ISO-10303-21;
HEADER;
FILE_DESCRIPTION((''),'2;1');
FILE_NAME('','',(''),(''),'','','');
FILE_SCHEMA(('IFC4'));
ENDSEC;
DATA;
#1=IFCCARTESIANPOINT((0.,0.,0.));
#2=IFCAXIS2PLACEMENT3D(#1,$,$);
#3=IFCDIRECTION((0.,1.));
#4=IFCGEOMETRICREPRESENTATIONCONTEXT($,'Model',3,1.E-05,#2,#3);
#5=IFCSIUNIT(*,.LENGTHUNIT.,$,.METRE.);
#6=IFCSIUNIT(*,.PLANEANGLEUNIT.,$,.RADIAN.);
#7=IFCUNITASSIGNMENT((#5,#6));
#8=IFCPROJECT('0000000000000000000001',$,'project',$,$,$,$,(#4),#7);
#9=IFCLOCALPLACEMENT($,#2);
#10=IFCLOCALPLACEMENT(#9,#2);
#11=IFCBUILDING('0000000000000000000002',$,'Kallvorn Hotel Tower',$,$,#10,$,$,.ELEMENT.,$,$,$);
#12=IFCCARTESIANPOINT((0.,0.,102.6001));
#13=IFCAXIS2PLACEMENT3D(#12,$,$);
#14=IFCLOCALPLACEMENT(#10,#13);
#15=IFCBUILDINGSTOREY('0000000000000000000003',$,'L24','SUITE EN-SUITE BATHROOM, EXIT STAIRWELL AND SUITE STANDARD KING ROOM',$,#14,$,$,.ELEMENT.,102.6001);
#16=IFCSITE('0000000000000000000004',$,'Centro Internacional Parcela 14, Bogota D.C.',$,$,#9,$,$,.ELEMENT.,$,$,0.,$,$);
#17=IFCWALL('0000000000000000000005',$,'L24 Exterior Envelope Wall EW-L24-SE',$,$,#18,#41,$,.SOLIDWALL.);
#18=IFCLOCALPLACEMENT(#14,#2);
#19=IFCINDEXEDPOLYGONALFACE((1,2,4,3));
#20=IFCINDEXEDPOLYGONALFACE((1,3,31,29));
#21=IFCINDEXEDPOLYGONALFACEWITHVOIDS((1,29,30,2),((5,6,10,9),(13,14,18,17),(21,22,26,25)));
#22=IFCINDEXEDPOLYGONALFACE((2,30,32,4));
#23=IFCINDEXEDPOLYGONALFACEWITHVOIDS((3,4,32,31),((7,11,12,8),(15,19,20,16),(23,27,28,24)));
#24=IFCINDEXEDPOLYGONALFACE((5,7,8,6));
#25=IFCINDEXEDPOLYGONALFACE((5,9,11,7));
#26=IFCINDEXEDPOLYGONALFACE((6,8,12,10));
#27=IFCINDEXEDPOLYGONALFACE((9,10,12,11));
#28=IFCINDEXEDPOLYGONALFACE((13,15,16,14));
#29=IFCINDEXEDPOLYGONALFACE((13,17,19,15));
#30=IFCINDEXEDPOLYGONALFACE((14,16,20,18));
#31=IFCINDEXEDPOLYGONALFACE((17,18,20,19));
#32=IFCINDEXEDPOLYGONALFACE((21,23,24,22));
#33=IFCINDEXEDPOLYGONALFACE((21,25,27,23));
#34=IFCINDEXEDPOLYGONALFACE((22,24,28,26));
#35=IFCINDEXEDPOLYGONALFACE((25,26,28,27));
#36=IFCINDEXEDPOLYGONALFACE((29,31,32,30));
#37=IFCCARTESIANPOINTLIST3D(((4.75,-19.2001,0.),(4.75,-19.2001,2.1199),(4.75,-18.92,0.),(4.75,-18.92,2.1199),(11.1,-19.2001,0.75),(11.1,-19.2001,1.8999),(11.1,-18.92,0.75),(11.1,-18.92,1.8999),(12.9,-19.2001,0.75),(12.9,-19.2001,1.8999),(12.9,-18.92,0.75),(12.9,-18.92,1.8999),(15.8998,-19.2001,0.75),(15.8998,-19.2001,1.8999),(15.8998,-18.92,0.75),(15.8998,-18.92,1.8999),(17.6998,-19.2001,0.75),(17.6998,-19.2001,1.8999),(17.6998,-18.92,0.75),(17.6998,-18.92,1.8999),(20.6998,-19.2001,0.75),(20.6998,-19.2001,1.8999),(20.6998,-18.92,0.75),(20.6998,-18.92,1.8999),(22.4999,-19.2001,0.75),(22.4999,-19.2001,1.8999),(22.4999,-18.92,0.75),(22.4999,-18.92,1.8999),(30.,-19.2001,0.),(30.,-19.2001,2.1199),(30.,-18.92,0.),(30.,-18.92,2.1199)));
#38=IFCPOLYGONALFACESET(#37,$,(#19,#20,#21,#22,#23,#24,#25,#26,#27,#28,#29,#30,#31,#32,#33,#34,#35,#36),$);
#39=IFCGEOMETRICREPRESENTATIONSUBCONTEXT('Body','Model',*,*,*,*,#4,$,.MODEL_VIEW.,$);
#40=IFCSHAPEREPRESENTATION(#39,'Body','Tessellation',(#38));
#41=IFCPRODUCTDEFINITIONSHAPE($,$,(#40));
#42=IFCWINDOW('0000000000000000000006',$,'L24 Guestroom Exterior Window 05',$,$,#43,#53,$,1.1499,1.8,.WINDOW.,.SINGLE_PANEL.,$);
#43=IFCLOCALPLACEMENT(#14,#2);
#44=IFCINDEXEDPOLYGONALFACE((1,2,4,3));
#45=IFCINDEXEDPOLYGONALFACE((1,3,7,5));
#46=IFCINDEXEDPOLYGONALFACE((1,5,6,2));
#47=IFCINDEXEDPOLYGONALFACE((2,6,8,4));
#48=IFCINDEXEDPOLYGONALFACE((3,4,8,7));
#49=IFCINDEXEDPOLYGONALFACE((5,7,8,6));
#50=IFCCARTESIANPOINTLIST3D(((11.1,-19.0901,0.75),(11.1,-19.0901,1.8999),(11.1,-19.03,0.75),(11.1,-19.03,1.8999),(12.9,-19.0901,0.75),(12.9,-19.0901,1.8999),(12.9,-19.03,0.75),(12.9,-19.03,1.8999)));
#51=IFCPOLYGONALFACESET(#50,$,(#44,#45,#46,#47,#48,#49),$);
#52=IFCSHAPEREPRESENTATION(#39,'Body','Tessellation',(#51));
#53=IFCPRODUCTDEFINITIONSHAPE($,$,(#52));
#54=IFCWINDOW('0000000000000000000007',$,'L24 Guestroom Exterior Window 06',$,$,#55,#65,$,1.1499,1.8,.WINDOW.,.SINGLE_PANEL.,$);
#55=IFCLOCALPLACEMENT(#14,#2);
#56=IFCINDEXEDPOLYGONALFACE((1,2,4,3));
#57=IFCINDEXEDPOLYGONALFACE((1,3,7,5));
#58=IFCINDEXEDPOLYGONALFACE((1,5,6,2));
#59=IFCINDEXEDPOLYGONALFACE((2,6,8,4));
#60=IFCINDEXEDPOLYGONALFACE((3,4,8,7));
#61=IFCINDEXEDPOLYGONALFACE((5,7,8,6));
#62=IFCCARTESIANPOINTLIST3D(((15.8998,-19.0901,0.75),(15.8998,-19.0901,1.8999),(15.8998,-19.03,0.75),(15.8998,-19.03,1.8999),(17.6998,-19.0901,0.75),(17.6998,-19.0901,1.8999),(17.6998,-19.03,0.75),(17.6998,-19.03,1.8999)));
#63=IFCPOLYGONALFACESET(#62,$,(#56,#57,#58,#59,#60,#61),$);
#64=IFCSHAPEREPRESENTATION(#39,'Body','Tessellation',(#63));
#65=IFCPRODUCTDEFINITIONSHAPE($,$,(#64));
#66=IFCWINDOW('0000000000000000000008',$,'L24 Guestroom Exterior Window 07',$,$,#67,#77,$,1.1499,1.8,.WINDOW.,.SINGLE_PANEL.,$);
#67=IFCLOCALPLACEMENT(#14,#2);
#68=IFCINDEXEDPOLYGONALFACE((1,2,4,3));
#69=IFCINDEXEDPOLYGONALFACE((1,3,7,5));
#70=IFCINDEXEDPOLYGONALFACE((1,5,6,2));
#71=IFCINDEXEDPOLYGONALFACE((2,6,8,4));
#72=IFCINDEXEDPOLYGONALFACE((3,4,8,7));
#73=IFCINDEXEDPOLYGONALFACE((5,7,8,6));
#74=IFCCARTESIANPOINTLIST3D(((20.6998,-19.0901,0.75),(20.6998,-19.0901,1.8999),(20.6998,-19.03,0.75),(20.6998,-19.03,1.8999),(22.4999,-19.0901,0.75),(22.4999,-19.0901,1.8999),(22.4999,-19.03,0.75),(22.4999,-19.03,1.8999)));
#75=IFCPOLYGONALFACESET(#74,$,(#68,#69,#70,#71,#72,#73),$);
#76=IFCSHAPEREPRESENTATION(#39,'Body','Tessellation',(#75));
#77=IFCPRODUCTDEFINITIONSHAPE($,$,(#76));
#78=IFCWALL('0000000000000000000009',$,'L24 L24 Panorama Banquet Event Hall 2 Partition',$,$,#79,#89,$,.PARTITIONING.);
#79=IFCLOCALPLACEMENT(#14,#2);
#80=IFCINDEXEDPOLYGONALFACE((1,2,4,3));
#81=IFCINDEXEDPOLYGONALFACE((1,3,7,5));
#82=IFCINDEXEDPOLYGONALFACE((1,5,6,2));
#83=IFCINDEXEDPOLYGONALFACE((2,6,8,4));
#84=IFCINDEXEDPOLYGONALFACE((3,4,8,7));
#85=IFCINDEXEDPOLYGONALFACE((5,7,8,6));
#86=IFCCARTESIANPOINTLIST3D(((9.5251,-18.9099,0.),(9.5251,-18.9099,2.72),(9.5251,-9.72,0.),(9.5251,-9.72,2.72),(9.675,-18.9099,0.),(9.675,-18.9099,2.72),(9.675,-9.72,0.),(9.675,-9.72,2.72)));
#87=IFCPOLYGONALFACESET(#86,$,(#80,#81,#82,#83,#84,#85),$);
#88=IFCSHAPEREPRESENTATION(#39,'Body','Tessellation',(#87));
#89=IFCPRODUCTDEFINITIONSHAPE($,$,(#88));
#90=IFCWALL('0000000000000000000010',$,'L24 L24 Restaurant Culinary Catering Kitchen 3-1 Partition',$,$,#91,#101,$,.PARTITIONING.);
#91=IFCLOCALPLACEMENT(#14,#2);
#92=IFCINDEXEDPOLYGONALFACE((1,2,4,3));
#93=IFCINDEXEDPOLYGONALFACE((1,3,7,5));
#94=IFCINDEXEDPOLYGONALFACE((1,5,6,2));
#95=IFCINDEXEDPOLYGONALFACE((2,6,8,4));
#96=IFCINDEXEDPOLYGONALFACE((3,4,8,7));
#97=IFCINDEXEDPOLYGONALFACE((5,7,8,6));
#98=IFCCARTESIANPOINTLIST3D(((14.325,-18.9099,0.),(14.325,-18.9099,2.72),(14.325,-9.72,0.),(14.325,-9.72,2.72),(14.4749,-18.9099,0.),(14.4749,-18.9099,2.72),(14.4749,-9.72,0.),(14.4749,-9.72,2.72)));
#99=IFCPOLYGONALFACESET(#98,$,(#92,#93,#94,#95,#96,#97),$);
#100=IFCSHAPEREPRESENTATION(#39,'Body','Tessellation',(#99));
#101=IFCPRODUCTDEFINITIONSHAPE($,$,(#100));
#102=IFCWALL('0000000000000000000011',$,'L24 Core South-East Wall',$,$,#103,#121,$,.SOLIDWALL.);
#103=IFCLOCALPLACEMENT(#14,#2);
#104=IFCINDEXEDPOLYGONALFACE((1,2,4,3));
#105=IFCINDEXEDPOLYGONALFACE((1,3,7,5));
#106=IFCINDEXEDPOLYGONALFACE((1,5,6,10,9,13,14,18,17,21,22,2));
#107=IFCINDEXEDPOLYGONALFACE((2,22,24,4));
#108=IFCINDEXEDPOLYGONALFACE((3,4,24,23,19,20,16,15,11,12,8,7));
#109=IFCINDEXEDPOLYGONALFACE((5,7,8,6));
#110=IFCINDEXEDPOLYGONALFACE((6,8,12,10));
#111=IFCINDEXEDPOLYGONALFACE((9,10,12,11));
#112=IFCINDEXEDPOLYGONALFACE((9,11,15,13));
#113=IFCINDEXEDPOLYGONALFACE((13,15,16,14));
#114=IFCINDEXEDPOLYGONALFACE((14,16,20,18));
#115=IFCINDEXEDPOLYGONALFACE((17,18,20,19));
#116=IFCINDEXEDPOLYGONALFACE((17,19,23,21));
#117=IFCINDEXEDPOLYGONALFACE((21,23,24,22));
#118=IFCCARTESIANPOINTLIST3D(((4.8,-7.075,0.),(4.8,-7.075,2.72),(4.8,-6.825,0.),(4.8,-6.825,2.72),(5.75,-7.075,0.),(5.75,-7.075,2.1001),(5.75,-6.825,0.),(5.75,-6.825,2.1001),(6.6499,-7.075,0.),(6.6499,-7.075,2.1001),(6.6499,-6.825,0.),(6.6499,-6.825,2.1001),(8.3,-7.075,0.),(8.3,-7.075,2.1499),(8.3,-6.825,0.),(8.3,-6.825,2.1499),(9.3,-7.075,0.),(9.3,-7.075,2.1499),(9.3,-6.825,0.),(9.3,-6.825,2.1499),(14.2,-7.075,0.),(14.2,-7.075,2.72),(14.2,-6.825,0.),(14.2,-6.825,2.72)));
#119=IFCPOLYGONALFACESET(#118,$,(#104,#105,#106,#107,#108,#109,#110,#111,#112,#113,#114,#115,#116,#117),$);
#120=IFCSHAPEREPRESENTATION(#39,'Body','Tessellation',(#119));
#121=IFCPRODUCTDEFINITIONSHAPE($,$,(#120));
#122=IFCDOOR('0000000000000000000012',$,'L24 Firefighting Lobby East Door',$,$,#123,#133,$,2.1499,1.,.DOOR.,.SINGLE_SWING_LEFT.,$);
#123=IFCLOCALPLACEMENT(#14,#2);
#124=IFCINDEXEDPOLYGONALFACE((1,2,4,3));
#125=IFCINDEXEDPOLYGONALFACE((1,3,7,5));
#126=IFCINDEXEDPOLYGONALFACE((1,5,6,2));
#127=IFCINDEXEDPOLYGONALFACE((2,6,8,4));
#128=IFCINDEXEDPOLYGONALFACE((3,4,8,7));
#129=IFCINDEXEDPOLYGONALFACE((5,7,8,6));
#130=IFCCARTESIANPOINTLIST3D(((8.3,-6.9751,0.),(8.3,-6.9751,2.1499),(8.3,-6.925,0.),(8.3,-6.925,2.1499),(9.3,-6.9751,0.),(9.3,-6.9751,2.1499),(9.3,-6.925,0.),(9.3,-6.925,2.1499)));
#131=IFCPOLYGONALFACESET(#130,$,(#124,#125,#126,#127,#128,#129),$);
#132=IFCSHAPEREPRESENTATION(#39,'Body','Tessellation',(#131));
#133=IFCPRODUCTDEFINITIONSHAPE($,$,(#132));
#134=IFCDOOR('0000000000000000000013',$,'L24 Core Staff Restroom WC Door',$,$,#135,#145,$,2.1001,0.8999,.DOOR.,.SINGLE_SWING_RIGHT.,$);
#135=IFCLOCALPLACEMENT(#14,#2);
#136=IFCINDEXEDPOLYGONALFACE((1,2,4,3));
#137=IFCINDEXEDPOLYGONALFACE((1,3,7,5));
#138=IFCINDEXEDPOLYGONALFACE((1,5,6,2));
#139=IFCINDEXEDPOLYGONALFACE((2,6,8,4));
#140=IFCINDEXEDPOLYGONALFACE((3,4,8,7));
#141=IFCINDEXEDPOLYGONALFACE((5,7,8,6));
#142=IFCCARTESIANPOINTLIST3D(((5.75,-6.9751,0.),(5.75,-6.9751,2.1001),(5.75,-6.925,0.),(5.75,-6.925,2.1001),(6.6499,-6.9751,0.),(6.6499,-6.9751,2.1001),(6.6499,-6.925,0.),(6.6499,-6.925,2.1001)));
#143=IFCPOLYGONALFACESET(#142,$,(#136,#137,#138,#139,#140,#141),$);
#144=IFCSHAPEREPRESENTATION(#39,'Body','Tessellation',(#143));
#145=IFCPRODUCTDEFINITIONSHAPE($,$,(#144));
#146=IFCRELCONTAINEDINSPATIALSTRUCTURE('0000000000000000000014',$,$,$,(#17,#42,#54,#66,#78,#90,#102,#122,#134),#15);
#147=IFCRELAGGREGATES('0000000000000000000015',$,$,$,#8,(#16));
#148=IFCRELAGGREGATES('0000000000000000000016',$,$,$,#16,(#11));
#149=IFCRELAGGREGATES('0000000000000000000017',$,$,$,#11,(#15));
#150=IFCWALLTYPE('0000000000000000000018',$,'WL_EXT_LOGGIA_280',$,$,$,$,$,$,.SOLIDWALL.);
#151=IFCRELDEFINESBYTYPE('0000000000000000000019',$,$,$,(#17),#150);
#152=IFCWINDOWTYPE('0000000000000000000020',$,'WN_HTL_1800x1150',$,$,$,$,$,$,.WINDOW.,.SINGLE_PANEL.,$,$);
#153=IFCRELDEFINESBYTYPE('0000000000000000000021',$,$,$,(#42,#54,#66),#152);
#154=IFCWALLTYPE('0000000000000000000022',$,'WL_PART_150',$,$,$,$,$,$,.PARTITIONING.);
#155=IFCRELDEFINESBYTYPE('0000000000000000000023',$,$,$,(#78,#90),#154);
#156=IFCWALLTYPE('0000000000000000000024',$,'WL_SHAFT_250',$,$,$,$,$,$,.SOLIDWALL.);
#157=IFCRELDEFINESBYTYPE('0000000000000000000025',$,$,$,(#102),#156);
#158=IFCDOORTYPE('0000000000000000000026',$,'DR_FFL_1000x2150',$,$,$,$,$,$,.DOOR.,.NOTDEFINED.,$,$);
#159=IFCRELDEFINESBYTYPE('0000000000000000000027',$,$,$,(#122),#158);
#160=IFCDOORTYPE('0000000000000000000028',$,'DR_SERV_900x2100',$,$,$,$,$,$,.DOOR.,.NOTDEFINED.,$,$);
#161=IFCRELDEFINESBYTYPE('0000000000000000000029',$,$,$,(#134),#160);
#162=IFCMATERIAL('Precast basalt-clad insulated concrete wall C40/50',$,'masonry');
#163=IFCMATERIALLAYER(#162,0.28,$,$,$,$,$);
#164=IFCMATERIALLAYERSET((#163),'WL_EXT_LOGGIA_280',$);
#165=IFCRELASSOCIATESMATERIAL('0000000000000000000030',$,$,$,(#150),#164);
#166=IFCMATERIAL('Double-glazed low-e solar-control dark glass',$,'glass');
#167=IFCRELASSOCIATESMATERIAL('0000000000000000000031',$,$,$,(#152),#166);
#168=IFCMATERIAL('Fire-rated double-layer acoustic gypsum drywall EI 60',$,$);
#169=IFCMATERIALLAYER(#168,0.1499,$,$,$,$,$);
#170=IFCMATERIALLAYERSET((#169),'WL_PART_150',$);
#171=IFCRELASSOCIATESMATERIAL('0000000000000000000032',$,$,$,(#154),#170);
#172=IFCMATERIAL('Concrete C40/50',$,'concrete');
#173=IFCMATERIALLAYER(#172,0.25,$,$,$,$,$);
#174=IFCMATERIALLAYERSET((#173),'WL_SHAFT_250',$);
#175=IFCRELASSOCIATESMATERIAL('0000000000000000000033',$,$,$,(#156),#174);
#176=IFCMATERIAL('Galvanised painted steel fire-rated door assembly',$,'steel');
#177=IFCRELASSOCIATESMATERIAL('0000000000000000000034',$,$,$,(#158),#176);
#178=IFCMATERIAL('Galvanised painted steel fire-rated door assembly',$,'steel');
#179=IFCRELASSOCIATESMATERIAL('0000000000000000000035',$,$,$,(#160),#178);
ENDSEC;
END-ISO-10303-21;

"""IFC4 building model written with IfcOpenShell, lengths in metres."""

from ifc_helpers import new_model, si_unit, direction, frame, frame_2d, origin, place, context, subcontext, project, spatial, rectangle, extrude, material, layer, layer_set, type_object, element, fill, save


model = new_model("IFC4")

# Units and contexts
model_context = context("Model", 3, precision=1e-05, world=origin(), true_north=direction((0.0, 1.0)))
body_context = subcontext(model_context, "Body", "Model", "MODEL_VIEW")
ifc_project = project(units=[si_unit("LENGTHUNIT", "METRE"), si_unit("PLANEANGLEUNIT", "RADIAN")], contexts=[model_context])

# Site, building, storey
site_placement = place(None, origin())
site = spatial("IfcSite", under=ifc_project, at=site_placement, Name="Centro Internacional Parcela 14, Bogota D.C.", CompositionType="ELEMENT", RefElevation=0.0)
building_placement = place(site_placement, origin())
building = spatial("IfcBuilding", under=site, at=building_placement, Name="Kallvorn Hotel Tower", CompositionType="ELEMENT")
storey_placement = place(building_placement, frame((0.0, 0.0, 102.6001)))
storey = spatial("IfcBuildingStorey", under=building, at=storey_placement, Name="L24", Description="SUITE EN-SUITE BATHROOM, EXIT STAIRWELL AND SUITE STANDARD KING ROOM", CompositionType="ELEMENT", Elevation=102.6001)

# Wall, openings, windows
ifc_material_1 = material(Name="Precast basalt-clad insulated concrete wall C40/50", Category="masonry")
ifc_layer_1 = layer(ifc_material_1, 0.28)
ifc_layer_set_1 = layer_set([ifc_layer_1], Name="WL_EXT_LOGGIA_280")
wall_type_1 = type_object("IfcWallType", Name="WL_EXT_LOGGIA_280", PredefinedType="SOLIDWALL", material=ifc_layer_set_1)
wall_1_placement = place(storey_placement, frame((4.75, -19.0601, 0.0), z_axis=(0.0, 0.0, 1.0), x_axis=(1.0, 0.0, 0.0)))
wall_1 = element("IfcWall", 1, at=wall_1_placement, inside=storey, type_object=wall_type_1, Name="L24 Exterior Envelope Wall EW-L24-SE", PredefinedType="SOLIDWALL", context=body_context, shape_type="SweptSolid", body=[
    extrude(rectangle(XDim=25.25, YDim=0.28, at=frame_2d((12.625, 0.0))), origin(), (0.0, 0.0, 1.0), 2.1199),
])
opening_1_placement = place(wall_1_placement, frame((6.3501, 0.0, 0.75)))
opening_1 = element("IfcOpeningElement", 2, at=opening_1_placement, cuts=wall_1, PredefinedType="OPENING", context=body_context, shape_type="SweptSolid", body=[
    extrude(rectangle(XDim=1.8, YDim=1.1499, at=frame_2d((0.8999, 0.575))), frame((0.0, 0.155, 0.0), z_axis=(0.0, -1.0, 0.0), x_axis=(1.0, 0.0, 0.0)), (0.0, 0.0, 1.0), 0.3101),
])
opening_2_placement = place(wall_1_placement, frame((11.1499, 0.0, 0.75)))
opening_2 = element("IfcOpeningElement", 3, at=opening_2_placement, cuts=wall_1, PredefinedType="OPENING", context=body_context, shape_type="SweptSolid", body=[
    extrude(rectangle(XDim=1.8, YDim=1.1499, at=frame_2d((0.8999, 0.575))), frame((0.0, 0.155, 0.0), z_axis=(0.0, -1.0, 0.0), x_axis=(1.0, 0.0, 0.0)), (0.0, 0.0, 1.0), 0.3101),
])
opening_3_placement = place(wall_1_placement, frame((15.95, 0.0, 0.75)))
opening_3 = element("IfcOpeningElement", 4, at=opening_3_placement, cuts=wall_1, PredefinedType="OPENING", context=body_context, shape_type="SweptSolid", body=[
    extrude(rectangle(XDim=1.8, YDim=1.1499, at=frame_2d((0.8999, 0.575))), frame((0.0, 0.155, 0.0), z_axis=(0.0, -1.0, 0.0), x_axis=(1.0, 0.0, 0.0)), (0.0, 0.0, 1.0), 0.3101),
])
ifc_material_2 = material(Name="Double-glazed low-e solar-control dark glass", Category="glass")
window_type = type_object("IfcWindowType", Name="WN_HTL_1800x1150", PartitioningType="SINGLE_PANEL", PredefinedType="WINDOW", material=ifc_material_2)
window_1_placement = place(opening_1_placement, origin())
window_1 = element("IfcWindow", 5, at=window_1_placement, inside=storey, type_object=window_type, Name="L24 Guestroom Exterior Window 05", OverallHeight=1.1499, OverallWidth=1.8, PartitioningType="SINGLE_PANEL", PredefinedType="WINDOW", context=body_context, shape_type="SweptSolid", body=[
    extrude(rectangle(XDim=1.8, YDim=1.1499, at=frame_2d((0.8999, 0.575))), frame((0.0, 0.03, 0.0), z_axis=(0.0, -1.0, 0.0), x_axis=(1.0, 0.0, 0.0)), (0.0, 0.0, 1.0), 0.0601),
])
fill(opening_1, window_1)
window_2_placement = place(opening_2_placement, origin())
window_2 = element("IfcWindow", 6, at=window_2_placement, inside=storey, type_object=window_type, Name="L24 Guestroom Exterior Window 06", OverallHeight=1.1499, OverallWidth=1.8, PartitioningType="SINGLE_PANEL", PredefinedType="WINDOW", context=body_context, shape_type="SweptSolid", body=[
    extrude(rectangle(XDim=1.8, YDim=1.1499, at=frame_2d((0.8999, 0.575))), frame((0.0, 0.03, 0.0), z_axis=(0.0, -1.0, 0.0), x_axis=(1.0, 0.0, 0.0)), (0.0, 0.0, 1.0), 0.0601),
])
fill(opening_2, window_2)
window_3_placement = place(opening_3_placement, origin())
window_3 = element("IfcWindow", 7, at=window_3_placement, inside=storey, type_object=window_type, Name="L24 Guestroom Exterior Window 07", OverallHeight=1.1499, OverallWidth=1.8, PartitioningType="SINGLE_PANEL", PredefinedType="WINDOW", context=body_context, shape_type="SweptSolid", body=[
    extrude(rectangle(XDim=1.8, YDim=1.1499, at=frame_2d((0.8999, 0.575))), frame((0.0, 0.03, 0.0), z_axis=(0.0, -1.0, 0.0), x_axis=(1.0, 0.0, 0.0)), (0.0, 0.0, 1.0), 0.0601),
])
fill(opening_3, window_3)

# Walls
ifc_material_3 = material(Name="Fire-rated double-layer acoustic gypsum drywall EI 60")
ifc_layer_2 = layer(ifc_material_3, 0.1499)
ifc_layer_set_2 = layer_set([ifc_layer_2], Name="WL_PART_150")
wall_type_2 = type_object("IfcWallType", Name="WL_PART_150", PredefinedType="PARTITIONING", material=ifc_layer_set_2)
for number, where, z_axis, x_axis, name in (
    (8, (9.6001, -18.9099, 0.0), (0.0, 0.0, 1.0), (0.0, 1.0, 0.0), "L24 L24 Panorama Banquet Event Hall 2 Partition"),
    (9, (14.3999, -18.9099, 0.0), (0.0, 0.0, 1.0), (0.0, 1.0, 0.0), "L24 L24 Restaurant Culinary Catering Kitchen 3-1 Partition"),
):
    element("IfcWall", number, at=place(storey_placement, frame(where, z_axis=z_axis, x_axis=x_axis)), inside=storey, type_object=wall_type_2, Name=name, PredefinedType="PARTITIONING", context=body_context, shape_type="SweptSolid", body=[
        extrude(rectangle(XDim=9.1899, YDim=0.1499, at=frame_2d((4.595, 0.0))), origin(), (0.0, 0.0, 1.0), 2.72),
    ])

# Wall, openings, doors
ifc_material_4 = material(Name="Concrete C40/50", Category="concrete")
ifc_layer_3 = layer(ifc_material_4, 0.25)
ifc_layer_set_3 = layer_set([ifc_layer_3], Name="WL_SHAFT_250")
wall_type_3 = type_object("IfcWallType", Name="WL_SHAFT_250", PredefinedType="SOLIDWALL", material=ifc_layer_set_3)
wall_2_placement = place(storey_placement, frame((4.8, -6.95, 0.0), z_axis=(0.0, 0.0, 1.0), x_axis=(1.0, 0.0, 0.0)))
wall_2 = element("IfcWall", 10, at=wall_2_placement, inside=storey, type_object=wall_type_3, Name="L24 Core South-East Wall", PredefinedType="SOLIDWALL", context=body_context, shape_type="SweptSolid", body=[
    extrude(rectangle(XDim=9.3999, YDim=0.25, at=frame_2d((4.7, 0.0))), origin(), (0.0, 0.0, 1.0), 2.72),
])
opening_4_placement = place(wall_2_placement, frame((3.5, 0.0, 0.0)))
opening_4 = element("IfcOpeningElement", 11, at=opening_4_placement, cuts=wall_2, PredefinedType="OPENING", context=body_context, shape_type="SweptSolid", body=[
    extrude(rectangle(XDim=1.0, YDim=2.1499, at=frame_2d((0.5, 1.075))), frame((0.0, 0.1399, 0.0), z_axis=(0.0, -1.0, 0.0), x_axis=(1.0, 0.0, 0.0)), (0.0, 0.0, 1.0), 0.28),
])
opening_5_placement = place(wall_2_placement, frame((0.95, 0.0, 0.0)))
opening_5 = element("IfcOpeningElement", 12, at=opening_5_placement, cuts=wall_2, PredefinedType="OPENING", context=body_context, shape_type="SweptSolid", body=[
    extrude(rectangle(XDim=0.8999, YDim=2.1001, at=frame_2d((0.45, 1.05))), frame((0.0, 0.1399, 0.0), z_axis=(0.0, -1.0, 0.0), x_axis=(1.0, 0.0, 0.0)), (0.0, 0.0, 1.0), 0.28),
])
ifc_material_5 = material(Name="Galvanised painted steel fire-rated door assembly", Category="steel")
door_type_1 = type_object("IfcDoorType", Name="DR_FFL_1000x2150", OperationType="NOTDEFINED", PredefinedType="DOOR", material=ifc_material_5)
door_1_placement = place(opening_4_placement, origin())
door_1 = element("IfcDoor", 13, at=door_1_placement, inside=storey, type_object=door_type_1, Name="L24 Firefighting Lobby East Door", OperationType="SINGLE_SWING_LEFT", OverallHeight=2.1499, OverallWidth=1.0, PredefinedType="DOOR", context=body_context, shape_type="SweptSolid", body=[
    extrude(rectangle(XDim=1.0, YDim=2.1499, at=frame_2d((0.5, 1.075))), frame((0.0, 0.0249, 0.0), z_axis=(0.0, -1.0, 0.0), x_axis=(1.0, 0.0, 0.0)), (0.0, 0.0, 1.0), 0.05),
])
fill(opening_4, door_1)
ifc_material_6 = material(Name="Galvanised painted steel fire-rated door assembly", Category="steel")
door_type_2 = type_object("IfcDoorType", Name="DR_SERV_900x2100", OperationType="NOTDEFINED", PredefinedType="DOOR", material=ifc_material_6)
door_2_placement = place(opening_5_placement, origin())
door_2 = element("IfcDoor", 14, at=door_2_placement, inside=storey, type_object=door_type_2, Name="L24 Core Staff Restroom WC Door", OperationType="SINGLE_SWING_RIGHT", OverallHeight=2.1001, OverallWidth=0.8999, PredefinedType="DOOR", context=body_context, shape_type="SweptSolid", body=[
    extrude(rectangle(XDim=0.8999, YDim=2.1001, at=frame_2d((0.45, 1.05))), frame((0.0, 0.0249, 0.0), z_axis=(0.0, -1.0, 0.0), x_axis=(1.0, 0.0, 0.0)), (0.0, 0.0, 1.0), 0.05),
])
fill(opening_5, door_2)

save(model, "model.ifc")
